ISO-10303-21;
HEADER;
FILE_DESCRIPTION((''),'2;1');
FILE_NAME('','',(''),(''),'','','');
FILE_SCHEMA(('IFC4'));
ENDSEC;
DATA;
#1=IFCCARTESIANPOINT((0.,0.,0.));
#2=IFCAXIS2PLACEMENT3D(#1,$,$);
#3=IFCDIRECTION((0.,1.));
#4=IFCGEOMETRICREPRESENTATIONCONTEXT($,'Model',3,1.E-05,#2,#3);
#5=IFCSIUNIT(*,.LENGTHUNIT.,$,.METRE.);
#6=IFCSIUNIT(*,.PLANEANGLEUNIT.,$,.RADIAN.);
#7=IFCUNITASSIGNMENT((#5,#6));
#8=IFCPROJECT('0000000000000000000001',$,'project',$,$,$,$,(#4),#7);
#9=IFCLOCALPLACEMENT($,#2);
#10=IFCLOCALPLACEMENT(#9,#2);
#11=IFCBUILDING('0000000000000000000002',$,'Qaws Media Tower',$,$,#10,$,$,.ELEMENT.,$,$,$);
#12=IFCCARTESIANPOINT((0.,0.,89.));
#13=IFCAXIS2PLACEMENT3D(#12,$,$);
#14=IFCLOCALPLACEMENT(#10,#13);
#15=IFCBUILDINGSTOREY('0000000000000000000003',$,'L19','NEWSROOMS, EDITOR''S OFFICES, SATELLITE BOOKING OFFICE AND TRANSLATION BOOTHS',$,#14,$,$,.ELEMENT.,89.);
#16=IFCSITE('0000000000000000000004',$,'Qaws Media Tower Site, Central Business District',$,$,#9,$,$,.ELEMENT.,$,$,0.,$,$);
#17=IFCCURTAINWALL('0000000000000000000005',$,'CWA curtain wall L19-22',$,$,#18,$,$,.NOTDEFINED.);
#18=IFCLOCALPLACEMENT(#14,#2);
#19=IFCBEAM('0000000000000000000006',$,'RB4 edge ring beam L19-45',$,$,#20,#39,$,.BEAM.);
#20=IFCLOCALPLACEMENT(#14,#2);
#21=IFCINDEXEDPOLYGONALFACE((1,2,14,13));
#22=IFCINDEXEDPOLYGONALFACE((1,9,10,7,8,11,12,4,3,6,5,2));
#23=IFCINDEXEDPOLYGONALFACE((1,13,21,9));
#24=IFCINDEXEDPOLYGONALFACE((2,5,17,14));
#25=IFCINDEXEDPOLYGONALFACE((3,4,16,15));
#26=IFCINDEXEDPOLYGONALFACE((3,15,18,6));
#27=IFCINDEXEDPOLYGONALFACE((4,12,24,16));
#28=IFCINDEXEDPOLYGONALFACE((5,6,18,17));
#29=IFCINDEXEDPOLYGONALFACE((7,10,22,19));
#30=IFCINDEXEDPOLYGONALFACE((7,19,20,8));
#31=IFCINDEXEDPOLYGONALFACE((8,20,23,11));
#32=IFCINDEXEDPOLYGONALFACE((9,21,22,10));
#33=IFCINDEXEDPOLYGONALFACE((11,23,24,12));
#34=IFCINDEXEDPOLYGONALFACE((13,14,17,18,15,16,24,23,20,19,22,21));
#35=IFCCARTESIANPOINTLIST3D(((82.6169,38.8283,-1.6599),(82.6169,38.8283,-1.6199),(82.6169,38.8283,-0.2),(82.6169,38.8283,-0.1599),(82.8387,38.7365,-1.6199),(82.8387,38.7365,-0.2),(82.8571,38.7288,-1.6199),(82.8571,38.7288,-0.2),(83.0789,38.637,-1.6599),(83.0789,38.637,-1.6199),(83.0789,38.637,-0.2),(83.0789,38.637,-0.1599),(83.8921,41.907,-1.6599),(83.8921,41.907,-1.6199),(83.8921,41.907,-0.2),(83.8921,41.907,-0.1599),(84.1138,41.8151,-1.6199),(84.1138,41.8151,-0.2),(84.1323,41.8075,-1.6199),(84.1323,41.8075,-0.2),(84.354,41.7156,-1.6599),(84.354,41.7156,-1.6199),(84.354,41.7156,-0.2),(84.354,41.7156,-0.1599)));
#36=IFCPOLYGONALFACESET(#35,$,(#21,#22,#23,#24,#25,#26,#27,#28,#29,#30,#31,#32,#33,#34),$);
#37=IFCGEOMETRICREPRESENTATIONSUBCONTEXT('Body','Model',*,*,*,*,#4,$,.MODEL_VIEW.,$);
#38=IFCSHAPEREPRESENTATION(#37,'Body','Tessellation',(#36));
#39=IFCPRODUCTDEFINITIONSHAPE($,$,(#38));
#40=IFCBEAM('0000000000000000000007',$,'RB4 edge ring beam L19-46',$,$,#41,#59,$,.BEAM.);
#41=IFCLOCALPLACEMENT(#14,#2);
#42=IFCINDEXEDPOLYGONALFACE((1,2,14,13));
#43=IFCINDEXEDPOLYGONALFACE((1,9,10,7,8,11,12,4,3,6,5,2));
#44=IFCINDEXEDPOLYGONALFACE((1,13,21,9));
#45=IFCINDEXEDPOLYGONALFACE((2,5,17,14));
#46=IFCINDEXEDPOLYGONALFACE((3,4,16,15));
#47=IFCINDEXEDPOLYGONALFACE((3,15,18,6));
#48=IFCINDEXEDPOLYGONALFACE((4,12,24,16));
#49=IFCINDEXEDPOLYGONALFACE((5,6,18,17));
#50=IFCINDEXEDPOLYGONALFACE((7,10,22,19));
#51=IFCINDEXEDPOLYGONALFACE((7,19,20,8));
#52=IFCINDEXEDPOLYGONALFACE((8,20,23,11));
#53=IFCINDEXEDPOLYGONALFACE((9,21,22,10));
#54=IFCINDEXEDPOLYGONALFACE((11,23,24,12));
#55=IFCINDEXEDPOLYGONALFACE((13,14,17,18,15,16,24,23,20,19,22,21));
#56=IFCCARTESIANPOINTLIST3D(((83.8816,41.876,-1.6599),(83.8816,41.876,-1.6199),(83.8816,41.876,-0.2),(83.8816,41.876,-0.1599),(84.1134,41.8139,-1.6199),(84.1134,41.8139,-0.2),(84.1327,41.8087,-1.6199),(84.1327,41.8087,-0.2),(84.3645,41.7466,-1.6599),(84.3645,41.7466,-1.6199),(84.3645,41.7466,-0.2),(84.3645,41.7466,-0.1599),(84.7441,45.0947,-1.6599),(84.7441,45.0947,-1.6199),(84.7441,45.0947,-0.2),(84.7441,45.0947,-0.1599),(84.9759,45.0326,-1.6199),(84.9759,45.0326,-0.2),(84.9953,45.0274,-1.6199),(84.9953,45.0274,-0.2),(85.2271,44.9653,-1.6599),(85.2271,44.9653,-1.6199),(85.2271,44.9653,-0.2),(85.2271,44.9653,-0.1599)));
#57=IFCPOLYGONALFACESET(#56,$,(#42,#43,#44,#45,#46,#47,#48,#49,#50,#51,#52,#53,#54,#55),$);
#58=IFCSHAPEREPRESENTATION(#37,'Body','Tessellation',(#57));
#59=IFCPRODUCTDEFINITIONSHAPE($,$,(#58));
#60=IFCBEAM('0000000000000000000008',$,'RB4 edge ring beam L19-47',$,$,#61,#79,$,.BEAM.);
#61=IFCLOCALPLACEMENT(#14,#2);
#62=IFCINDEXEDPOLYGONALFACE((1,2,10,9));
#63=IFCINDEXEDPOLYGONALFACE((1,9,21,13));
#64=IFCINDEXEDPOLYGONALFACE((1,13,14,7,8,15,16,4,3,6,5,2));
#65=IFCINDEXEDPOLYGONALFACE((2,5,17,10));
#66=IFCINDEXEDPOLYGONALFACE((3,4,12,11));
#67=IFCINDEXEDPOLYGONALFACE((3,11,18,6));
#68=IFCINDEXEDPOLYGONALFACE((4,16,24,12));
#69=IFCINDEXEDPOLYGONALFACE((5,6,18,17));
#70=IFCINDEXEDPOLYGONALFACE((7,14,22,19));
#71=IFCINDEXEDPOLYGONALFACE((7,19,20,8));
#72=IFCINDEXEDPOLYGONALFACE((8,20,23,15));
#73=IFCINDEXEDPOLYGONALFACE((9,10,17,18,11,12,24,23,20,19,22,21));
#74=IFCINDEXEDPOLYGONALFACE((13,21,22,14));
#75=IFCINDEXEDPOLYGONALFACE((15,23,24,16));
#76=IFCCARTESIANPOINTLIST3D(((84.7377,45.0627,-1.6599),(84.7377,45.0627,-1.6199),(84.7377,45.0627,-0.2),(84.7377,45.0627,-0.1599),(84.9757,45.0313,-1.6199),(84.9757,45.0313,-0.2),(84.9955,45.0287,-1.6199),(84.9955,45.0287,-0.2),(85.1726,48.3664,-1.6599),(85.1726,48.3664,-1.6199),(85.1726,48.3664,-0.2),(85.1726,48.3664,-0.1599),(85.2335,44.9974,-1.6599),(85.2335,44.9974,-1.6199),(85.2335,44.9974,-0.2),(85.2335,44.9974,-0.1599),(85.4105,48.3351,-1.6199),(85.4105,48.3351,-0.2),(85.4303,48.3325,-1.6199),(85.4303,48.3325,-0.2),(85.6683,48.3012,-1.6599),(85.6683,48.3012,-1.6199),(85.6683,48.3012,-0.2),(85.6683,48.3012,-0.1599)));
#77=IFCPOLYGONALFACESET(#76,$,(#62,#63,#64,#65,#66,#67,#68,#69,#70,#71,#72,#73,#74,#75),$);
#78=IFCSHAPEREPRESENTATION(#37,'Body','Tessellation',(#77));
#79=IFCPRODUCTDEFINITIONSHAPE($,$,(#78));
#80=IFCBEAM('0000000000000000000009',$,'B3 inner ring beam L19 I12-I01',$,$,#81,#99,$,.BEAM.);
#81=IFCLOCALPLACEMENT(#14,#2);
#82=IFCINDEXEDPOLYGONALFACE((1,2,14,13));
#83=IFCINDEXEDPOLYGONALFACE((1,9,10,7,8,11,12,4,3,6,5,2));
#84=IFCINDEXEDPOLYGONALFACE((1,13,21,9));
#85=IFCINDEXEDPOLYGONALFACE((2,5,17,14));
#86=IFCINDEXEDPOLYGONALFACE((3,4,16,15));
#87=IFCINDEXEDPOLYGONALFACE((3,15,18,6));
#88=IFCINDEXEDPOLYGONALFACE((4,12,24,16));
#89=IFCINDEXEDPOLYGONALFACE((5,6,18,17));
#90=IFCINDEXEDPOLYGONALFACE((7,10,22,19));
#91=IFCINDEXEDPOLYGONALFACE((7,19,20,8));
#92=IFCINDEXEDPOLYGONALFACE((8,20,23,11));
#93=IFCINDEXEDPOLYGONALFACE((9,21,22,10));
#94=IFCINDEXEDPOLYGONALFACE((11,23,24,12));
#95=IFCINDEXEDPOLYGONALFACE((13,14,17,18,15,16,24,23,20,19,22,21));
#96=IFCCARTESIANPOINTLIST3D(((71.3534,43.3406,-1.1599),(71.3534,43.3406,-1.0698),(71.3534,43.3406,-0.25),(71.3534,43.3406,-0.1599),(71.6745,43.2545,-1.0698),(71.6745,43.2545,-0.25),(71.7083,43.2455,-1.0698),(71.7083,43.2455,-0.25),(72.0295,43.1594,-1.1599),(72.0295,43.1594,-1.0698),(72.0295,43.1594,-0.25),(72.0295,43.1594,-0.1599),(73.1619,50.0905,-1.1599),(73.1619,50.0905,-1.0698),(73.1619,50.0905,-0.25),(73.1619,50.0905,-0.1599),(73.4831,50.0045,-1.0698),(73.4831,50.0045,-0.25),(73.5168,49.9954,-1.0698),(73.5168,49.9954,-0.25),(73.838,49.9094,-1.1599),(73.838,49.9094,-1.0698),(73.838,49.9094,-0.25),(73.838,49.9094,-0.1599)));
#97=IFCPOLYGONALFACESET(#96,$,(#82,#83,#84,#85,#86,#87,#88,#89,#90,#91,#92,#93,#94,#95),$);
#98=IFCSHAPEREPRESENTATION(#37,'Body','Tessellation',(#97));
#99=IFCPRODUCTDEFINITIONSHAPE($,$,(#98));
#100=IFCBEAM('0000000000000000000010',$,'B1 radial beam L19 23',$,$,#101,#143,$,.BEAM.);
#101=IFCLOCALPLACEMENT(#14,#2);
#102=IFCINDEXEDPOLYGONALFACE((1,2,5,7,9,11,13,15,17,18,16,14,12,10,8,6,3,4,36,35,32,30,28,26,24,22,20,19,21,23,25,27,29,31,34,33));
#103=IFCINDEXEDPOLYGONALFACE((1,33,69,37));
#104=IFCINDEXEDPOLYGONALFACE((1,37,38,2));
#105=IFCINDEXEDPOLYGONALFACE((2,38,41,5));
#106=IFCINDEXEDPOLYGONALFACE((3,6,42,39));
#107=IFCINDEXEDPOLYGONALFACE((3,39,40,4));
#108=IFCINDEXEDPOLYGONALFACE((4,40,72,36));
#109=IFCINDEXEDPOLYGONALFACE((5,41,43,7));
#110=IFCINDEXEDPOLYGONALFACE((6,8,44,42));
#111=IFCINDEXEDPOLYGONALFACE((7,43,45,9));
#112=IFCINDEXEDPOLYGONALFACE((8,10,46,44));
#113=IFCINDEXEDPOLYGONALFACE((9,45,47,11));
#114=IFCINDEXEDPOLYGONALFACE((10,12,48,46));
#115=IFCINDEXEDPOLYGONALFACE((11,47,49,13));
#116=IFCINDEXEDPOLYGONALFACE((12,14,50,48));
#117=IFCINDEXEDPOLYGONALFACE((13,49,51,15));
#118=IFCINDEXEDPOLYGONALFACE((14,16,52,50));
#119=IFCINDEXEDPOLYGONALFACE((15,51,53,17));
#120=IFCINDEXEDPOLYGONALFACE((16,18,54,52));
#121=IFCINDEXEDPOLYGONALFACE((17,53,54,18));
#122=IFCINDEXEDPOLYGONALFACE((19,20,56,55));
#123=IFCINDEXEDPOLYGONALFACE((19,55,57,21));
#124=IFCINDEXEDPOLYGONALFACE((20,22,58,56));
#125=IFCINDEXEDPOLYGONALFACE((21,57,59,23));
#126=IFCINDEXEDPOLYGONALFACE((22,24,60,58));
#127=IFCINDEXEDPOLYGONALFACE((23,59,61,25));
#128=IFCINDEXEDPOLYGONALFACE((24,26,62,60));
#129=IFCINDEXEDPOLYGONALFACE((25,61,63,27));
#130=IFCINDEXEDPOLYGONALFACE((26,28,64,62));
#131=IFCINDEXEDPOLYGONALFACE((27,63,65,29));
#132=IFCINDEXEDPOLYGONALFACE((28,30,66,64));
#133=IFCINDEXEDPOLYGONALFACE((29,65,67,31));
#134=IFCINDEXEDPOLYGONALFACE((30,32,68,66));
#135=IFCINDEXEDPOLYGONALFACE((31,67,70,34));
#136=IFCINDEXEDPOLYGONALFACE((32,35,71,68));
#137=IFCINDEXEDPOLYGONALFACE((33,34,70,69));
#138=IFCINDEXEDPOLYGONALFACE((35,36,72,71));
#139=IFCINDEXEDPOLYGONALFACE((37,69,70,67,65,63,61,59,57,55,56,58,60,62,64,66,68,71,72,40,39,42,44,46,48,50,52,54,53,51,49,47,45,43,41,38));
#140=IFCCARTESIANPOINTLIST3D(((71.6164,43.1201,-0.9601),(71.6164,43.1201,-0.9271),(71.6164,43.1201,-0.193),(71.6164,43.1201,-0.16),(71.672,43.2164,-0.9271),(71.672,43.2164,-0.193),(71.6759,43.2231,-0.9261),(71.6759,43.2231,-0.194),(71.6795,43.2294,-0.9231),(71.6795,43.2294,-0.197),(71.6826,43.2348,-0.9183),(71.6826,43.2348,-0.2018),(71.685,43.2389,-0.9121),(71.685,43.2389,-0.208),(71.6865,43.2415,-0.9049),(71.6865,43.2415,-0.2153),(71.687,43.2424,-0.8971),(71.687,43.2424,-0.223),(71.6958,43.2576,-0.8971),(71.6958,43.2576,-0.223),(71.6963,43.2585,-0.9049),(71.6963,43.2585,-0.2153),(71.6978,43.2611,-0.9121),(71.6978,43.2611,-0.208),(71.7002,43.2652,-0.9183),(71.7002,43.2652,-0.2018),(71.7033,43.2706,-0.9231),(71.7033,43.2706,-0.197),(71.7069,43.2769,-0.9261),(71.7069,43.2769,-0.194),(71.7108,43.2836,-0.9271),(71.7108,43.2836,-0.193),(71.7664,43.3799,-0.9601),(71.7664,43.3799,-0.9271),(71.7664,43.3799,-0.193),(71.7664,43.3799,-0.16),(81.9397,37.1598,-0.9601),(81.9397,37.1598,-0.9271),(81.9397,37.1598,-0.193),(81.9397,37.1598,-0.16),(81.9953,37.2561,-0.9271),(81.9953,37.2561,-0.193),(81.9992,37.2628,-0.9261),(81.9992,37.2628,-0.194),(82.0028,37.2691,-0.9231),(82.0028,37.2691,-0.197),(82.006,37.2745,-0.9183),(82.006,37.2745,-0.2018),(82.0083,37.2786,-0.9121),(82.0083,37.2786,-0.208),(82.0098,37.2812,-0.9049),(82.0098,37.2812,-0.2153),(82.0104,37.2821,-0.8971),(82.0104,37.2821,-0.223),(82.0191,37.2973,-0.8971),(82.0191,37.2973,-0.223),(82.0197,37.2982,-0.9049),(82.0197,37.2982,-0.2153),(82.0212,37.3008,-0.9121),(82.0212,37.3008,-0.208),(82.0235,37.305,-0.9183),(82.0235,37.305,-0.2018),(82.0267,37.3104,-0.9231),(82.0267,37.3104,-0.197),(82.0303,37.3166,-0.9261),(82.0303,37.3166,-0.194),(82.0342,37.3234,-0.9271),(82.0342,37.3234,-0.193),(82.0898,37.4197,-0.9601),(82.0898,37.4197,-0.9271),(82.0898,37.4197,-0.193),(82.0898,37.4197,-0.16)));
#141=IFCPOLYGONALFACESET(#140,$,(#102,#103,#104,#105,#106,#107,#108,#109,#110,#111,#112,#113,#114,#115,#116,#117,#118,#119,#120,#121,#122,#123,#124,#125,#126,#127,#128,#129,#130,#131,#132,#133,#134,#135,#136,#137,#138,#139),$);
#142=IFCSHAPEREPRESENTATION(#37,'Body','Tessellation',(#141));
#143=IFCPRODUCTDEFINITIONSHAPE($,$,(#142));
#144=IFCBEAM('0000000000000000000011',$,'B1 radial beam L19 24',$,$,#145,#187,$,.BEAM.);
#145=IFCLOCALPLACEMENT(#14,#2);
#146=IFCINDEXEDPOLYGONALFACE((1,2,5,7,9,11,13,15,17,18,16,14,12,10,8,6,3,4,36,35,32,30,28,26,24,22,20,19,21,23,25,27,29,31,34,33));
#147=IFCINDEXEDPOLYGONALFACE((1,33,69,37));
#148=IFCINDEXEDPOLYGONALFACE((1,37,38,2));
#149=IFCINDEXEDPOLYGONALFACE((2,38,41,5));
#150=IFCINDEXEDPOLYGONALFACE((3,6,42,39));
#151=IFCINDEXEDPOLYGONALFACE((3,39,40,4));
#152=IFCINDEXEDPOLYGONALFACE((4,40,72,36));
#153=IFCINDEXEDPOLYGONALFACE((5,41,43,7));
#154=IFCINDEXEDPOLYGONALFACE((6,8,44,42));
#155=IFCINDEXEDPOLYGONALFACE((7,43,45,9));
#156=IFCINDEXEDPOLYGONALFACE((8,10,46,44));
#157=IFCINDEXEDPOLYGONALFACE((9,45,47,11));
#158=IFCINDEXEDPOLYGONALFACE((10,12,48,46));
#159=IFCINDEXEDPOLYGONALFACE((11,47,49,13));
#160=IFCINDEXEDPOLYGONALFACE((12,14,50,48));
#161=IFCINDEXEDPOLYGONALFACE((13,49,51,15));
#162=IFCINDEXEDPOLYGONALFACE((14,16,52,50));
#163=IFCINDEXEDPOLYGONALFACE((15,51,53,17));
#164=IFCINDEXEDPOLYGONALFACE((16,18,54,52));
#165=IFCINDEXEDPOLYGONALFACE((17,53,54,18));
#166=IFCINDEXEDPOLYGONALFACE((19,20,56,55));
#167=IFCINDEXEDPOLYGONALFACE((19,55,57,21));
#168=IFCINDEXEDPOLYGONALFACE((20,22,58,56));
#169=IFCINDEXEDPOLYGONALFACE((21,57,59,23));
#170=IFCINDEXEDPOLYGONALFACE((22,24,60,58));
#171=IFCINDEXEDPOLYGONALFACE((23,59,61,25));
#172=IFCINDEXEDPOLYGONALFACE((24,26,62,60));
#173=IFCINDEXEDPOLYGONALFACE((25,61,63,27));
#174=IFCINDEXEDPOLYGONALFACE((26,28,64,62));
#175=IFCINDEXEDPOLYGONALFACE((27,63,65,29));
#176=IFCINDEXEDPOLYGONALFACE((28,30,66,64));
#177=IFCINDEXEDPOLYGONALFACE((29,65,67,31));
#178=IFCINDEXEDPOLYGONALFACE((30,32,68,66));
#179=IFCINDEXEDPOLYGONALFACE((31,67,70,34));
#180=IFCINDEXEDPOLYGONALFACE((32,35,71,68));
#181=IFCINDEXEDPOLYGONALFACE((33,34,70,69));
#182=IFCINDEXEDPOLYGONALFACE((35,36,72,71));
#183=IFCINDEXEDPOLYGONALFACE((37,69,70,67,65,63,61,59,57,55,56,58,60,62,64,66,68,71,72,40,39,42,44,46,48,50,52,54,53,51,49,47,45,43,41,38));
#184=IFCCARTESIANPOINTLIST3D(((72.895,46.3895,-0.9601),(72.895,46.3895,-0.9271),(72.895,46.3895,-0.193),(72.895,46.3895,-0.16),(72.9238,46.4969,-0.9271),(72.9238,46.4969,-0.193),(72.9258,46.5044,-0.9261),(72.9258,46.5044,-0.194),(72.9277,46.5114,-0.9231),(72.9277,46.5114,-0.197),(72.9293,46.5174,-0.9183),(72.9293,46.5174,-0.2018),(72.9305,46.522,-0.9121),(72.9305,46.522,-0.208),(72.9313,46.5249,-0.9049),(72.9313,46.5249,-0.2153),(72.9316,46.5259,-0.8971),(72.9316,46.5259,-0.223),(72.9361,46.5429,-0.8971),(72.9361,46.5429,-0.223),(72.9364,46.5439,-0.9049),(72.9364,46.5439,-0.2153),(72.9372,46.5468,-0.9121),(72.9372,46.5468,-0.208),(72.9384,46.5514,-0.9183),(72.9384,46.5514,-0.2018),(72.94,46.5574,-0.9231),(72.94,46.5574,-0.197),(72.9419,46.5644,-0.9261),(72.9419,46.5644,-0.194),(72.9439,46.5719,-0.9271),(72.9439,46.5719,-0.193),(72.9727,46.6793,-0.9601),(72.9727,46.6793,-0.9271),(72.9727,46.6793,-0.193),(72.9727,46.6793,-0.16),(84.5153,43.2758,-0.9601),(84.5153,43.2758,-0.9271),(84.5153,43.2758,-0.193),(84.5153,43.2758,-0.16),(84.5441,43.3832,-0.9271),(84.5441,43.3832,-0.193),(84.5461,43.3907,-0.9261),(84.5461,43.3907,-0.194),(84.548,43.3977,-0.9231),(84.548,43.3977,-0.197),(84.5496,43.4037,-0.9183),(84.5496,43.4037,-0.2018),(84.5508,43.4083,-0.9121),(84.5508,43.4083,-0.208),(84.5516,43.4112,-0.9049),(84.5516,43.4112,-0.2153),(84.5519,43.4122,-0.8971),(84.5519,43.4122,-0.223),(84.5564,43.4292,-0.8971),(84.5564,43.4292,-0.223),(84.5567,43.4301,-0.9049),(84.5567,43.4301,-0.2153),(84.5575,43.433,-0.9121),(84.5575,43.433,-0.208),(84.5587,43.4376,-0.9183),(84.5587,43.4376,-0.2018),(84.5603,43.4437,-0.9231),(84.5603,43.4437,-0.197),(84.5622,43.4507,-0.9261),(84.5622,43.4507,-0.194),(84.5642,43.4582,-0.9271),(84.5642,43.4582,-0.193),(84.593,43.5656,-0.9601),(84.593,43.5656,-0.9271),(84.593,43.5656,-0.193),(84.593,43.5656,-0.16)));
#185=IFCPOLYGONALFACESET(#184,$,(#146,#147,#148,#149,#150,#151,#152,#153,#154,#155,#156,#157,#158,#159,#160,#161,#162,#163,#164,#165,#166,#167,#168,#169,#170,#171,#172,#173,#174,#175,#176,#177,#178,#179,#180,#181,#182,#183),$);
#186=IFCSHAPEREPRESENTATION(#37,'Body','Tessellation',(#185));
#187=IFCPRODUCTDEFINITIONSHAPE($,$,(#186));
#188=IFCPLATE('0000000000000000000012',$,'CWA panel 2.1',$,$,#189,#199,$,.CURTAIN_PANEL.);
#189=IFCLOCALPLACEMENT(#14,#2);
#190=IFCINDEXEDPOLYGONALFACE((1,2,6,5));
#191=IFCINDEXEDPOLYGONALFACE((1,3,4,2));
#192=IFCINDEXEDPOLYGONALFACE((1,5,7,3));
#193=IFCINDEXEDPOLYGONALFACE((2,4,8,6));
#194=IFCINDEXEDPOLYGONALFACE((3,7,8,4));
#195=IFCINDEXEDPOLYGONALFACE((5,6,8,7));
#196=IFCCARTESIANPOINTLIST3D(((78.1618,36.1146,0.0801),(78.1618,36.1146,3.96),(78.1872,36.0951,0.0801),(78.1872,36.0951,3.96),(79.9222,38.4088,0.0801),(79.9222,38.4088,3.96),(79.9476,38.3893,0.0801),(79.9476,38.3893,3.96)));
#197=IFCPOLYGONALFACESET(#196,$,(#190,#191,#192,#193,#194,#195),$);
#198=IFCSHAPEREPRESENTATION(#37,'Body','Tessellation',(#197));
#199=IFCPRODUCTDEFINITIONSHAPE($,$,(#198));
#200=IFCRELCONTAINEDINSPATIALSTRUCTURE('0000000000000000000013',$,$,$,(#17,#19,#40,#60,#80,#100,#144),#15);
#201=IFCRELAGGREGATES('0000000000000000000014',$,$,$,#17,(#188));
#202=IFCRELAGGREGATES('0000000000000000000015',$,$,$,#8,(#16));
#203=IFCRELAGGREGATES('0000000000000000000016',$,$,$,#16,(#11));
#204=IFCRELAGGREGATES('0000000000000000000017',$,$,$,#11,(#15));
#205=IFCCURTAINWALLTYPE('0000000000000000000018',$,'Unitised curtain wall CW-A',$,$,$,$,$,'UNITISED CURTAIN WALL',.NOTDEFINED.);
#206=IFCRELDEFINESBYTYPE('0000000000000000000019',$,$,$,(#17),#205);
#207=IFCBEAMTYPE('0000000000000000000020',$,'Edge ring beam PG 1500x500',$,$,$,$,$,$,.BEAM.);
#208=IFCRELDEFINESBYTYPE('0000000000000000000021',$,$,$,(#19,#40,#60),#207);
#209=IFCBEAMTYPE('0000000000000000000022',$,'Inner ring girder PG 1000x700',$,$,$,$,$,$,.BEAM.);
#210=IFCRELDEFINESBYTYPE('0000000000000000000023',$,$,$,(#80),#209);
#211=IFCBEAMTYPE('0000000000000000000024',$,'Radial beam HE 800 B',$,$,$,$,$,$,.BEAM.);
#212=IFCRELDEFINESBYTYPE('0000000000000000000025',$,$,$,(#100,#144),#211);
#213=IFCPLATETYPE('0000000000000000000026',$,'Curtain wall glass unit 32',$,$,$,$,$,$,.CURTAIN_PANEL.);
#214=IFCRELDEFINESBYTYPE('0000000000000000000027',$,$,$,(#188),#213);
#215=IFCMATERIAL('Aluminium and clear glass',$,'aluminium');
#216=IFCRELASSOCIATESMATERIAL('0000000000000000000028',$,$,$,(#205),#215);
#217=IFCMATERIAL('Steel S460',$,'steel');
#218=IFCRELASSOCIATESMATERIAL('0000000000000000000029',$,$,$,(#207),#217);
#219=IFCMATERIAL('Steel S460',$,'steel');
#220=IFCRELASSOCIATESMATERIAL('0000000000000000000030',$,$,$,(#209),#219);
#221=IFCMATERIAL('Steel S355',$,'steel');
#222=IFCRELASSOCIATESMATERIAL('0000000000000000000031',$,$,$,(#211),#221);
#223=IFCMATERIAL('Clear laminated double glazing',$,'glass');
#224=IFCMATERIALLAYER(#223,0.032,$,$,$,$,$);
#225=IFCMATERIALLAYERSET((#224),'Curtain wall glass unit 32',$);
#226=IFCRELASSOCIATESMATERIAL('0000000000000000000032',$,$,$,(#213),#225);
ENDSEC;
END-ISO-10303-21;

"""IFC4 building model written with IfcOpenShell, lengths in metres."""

from ifc_helpers import new_model, si_unit, direction, frame, origin, origin_2d, place, context, subcontext, project, spatial, rectangle, i_section, extrude, material, layer, layer_set, material_profile, profile_set, type_object, element, aggregate, save


model = new_model("IFC4")

# Units and contexts
model_context = context("Model", 3, precision=1e-05, world=origin(), true_north=direction((0.0, 1.0)))
body_context = subcontext(model_context, "Body", "Model", "MODEL_VIEW")
ifc_project = project(units=[si_unit("LENGTHUNIT", "METRE"), si_unit("PLANEANGLEUNIT", "RADIAN")], contexts=[model_context])

# Site, building, storey
site_placement = place(None, origin())
site = spatial("IfcSite", under=ifc_project, at=site_placement, Name="Qaws Media Tower Site, Central Business District", CompositionType="ELEMENT", RefElevation=0.0)
building_placement = place(site_placement, origin())
building = spatial("IfcBuilding", under=site, at=building_placement, Name="Qaws Media Tower", CompositionType="ELEMENT")
storey_placement = place(building_placement, frame((0.0, 0.0, 89.0)))
storey = spatial("IfcBuildingStorey", under=building, at=storey_placement, Name="L19", Description="NEWSROOMS, EDITOR'S OFFICES, SATELLITE BOOKING OFFICE AND TRANSLATION BOOTHS", CompositionType="ELEMENT", Elevation=89.0)

# Curtain wall
ifc_material_1 = material(Name="Aluminium and clear glass", Category="aluminium")
curtain_wall_type = type_object("IfcCurtainWallType", Name="Unitised curtain wall CW-A", ElementType="UNITISED CURTAIN WALL", PredefinedType="NOTDEFINED", material=ifc_material_1)
curtain_wall_1_placement = place(storey_placement, origin())
curtain_wall_1 = element("IfcCurtainWall", 1, at=curtain_wall_1_placement, inside=storey, type_object=curtain_wall_type, Name="CWA curtain wall L19-22", PredefinedType="NOTDEFINED")

# Beams
ifc_material_2 = material(Name="Steel S460", Category="steel")
ifc_material_profile_1 = material_profile(ifc_material_2, i_section(OverallWidth=0.5, OverallDepth=1.5, WebThickness=0.02, FlangeThickness=0.04, at=origin_2d()), Name="PG 1500x500")
ifc_profile_set_1 = profile_set([ifc_material_profile_1], Name="Steel S460")
beam_type_1 = type_object("IfcBeamType", Name="Edge ring beam PG 1500x500", PredefinedType="BEAM", material=ifc_profile_set_1)
for number, where, z_axis, x_axis, name in (
    (2, (82.8479, 38.7327, -0.9099), (0.382669, 0.923886, 0.0), (-0.923886, 0.382669, 0.0), "RB4 edge ring beam L19-45"),
    (3, (84.123, 41.8113, -0.9099), (0.258844, 0.965919, 0.0), (-0.965919, 0.258844, 0.0), "RB4 edge ring beam L19-46"),
    (4, (84.9856, 45.03, -0.9099), (0.130489, 0.99145, 0.0), (-0.99145, 0.130489, 0.0), "RB4 edge ring beam L19-47"),
):
    element("IfcBeam", number, at=place(storey_placement, frame(where, z_axis=z_axis, x_axis=x_axis)), inside=storey, type_object=beam_type_1, Name=name, PredefinedType="BEAM", context=body_context, shape_type="SweptSolid", body=[
        extrude(i_section(OverallWidth=0.5, OverallDepth=1.5, WebThickness=0.02, FlangeThickness=0.04, at=origin_2d()), origin(), (0.0, 0.0, 1.0), 3.3323),
    ])
ifc_material_3 = material(Name="Steel S460", Category="steel")
ifc_material_profile_2 = material_profile(ifc_material_3, i_section(OverallWidth=0.7, OverallDepth=1.0, WebThickness=0.0349, FlangeThickness=0.0901, at=origin_2d()), Name="PG 1000x700")
ifc_profile_set_2 = profile_set([ifc_material_profile_2], Name="Steel S460")
beam_type_2 = type_object("IfcBeamType", Name="Inner ring girder PG 1000x700", PredefinedType="BEAM", material=ifc_profile_set_2)
beam_1_placement = place(storey_placement, frame((71.6914, 43.25, -0.6599), z_axis=(0.258811, 0.965928, 0.0), x_axis=(-0.965928, 0.258811, 0.0)))
element("IfcBeam", 5, at=beam_1_placement, inside=storey, type_object=beam_type_2, Name="B3 inner ring beam L19 I12-I01", PredefinedType="BEAM", context=body_context, shape_type="SweptSolid", body=[
    extrude(i_section(OverallWidth=0.7, OverallDepth=1.0, WebThickness=0.0349, FlangeThickness=0.0901, at=origin_2d()), origin(), (0.0, 0.0, 1.0), 6.988),
])
ifc_material_4 = material(Name="Steel S355", Category="steel")
ifc_material_profile_3 = material_profile(ifc_material_4, i_section(OverallWidth=0.3, OverallDepth=0.8, WebThickness=0.0176, FlangeThickness=0.033, FilletRadius=0.03, at=origin_2d()), Name="HE 800 B")
ifc_profile_set_3 = profile_set([ifc_material_profile_3], Name="Steel S355")
beam_type_3 = type_object("IfcBeamType", Name="Radial beam HE 800 B", PredefinedType="BEAM", material=ifc_profile_set_3)
beam_2_placement = place(storey_placement, frame((71.6914, 43.25, -0.5601), z_axis=(0.866023, -0.500005, 0.0), x_axis=(0.500005, 0.866023, 0.0)))
element("IfcBeam", 6, at=beam_2_placement, inside=storey, type_object=beam_type_3, Name="B1 radial beam L19 23", PredefinedType="BEAM", context=body_context, shape_type="SweptSolid", body=[
    extrude(i_section(OverallWidth=0.3, OverallDepth=0.8, WebThickness=0.0176, FlangeThickness=0.033, FilletRadius=0.03, at=origin_2d()), origin(), (0.0, 0.0, 1.0), 11.9204),
])
beam_3_placement = place(storey_placement, frame((72.9338, 46.5344, -0.5601), z_axis=(0.965924, -0.258827, 0.0), x_axis=(0.258827, 0.965924, 0.0)))
element("IfcBeam", 7, at=beam_3_placement, inside=storey, type_object=beam_type_3, Name="B1 radial beam L19 24", PredefinedType="BEAM", context=body_context, shape_type="SweptSolid", body=[
    extrude(i_section(OverallWidth=0.3, OverallDepth=0.8, WebThickness=0.0176, FlangeThickness=0.033, FilletRadius=0.03, at=origin_2d()), origin(), (0.0, 0.0, 1.0), 12.0303),
])

# Plate
ifc_material_5 = material(Name="Clear laminated double glazing", Category="glass")
ifc_layer_1 = layer(ifc_material_5, 0.032)
ifc_layer_set_1 = layer_set([ifc_layer_1], Name="Curtain wall glass unit 32")
plate_type_1 = type_object("IfcPlateType", Name="Curtain wall glass unit 32", PredefinedType="CURTAIN_PANEL", material=ifc_layer_set_1)
plate_1_placement = place(storey_placement, frame((79.0547, 37.252, 0.0801), z_axis=(0.0, 0.0, 1.0), x_axis=(0.608761, 0.793353, 0.0)))
plate_1 = element("IfcPlate", 8, at=plate_1_placement, type_object=plate_type_1, Name="CWA panel 2.1", PredefinedType="CURTAIN_PANEL", context=body_context, shape_type="SweptSolid", body=[
    extrude(rectangle(XDim=2.8918, YDim=0.032, at=origin_2d()), origin(), (0.0, 0.0, 1.0), 3.8799),
])
aggregate(curtain_wall_1, [plate_1])

save(model, "model.ifc")
